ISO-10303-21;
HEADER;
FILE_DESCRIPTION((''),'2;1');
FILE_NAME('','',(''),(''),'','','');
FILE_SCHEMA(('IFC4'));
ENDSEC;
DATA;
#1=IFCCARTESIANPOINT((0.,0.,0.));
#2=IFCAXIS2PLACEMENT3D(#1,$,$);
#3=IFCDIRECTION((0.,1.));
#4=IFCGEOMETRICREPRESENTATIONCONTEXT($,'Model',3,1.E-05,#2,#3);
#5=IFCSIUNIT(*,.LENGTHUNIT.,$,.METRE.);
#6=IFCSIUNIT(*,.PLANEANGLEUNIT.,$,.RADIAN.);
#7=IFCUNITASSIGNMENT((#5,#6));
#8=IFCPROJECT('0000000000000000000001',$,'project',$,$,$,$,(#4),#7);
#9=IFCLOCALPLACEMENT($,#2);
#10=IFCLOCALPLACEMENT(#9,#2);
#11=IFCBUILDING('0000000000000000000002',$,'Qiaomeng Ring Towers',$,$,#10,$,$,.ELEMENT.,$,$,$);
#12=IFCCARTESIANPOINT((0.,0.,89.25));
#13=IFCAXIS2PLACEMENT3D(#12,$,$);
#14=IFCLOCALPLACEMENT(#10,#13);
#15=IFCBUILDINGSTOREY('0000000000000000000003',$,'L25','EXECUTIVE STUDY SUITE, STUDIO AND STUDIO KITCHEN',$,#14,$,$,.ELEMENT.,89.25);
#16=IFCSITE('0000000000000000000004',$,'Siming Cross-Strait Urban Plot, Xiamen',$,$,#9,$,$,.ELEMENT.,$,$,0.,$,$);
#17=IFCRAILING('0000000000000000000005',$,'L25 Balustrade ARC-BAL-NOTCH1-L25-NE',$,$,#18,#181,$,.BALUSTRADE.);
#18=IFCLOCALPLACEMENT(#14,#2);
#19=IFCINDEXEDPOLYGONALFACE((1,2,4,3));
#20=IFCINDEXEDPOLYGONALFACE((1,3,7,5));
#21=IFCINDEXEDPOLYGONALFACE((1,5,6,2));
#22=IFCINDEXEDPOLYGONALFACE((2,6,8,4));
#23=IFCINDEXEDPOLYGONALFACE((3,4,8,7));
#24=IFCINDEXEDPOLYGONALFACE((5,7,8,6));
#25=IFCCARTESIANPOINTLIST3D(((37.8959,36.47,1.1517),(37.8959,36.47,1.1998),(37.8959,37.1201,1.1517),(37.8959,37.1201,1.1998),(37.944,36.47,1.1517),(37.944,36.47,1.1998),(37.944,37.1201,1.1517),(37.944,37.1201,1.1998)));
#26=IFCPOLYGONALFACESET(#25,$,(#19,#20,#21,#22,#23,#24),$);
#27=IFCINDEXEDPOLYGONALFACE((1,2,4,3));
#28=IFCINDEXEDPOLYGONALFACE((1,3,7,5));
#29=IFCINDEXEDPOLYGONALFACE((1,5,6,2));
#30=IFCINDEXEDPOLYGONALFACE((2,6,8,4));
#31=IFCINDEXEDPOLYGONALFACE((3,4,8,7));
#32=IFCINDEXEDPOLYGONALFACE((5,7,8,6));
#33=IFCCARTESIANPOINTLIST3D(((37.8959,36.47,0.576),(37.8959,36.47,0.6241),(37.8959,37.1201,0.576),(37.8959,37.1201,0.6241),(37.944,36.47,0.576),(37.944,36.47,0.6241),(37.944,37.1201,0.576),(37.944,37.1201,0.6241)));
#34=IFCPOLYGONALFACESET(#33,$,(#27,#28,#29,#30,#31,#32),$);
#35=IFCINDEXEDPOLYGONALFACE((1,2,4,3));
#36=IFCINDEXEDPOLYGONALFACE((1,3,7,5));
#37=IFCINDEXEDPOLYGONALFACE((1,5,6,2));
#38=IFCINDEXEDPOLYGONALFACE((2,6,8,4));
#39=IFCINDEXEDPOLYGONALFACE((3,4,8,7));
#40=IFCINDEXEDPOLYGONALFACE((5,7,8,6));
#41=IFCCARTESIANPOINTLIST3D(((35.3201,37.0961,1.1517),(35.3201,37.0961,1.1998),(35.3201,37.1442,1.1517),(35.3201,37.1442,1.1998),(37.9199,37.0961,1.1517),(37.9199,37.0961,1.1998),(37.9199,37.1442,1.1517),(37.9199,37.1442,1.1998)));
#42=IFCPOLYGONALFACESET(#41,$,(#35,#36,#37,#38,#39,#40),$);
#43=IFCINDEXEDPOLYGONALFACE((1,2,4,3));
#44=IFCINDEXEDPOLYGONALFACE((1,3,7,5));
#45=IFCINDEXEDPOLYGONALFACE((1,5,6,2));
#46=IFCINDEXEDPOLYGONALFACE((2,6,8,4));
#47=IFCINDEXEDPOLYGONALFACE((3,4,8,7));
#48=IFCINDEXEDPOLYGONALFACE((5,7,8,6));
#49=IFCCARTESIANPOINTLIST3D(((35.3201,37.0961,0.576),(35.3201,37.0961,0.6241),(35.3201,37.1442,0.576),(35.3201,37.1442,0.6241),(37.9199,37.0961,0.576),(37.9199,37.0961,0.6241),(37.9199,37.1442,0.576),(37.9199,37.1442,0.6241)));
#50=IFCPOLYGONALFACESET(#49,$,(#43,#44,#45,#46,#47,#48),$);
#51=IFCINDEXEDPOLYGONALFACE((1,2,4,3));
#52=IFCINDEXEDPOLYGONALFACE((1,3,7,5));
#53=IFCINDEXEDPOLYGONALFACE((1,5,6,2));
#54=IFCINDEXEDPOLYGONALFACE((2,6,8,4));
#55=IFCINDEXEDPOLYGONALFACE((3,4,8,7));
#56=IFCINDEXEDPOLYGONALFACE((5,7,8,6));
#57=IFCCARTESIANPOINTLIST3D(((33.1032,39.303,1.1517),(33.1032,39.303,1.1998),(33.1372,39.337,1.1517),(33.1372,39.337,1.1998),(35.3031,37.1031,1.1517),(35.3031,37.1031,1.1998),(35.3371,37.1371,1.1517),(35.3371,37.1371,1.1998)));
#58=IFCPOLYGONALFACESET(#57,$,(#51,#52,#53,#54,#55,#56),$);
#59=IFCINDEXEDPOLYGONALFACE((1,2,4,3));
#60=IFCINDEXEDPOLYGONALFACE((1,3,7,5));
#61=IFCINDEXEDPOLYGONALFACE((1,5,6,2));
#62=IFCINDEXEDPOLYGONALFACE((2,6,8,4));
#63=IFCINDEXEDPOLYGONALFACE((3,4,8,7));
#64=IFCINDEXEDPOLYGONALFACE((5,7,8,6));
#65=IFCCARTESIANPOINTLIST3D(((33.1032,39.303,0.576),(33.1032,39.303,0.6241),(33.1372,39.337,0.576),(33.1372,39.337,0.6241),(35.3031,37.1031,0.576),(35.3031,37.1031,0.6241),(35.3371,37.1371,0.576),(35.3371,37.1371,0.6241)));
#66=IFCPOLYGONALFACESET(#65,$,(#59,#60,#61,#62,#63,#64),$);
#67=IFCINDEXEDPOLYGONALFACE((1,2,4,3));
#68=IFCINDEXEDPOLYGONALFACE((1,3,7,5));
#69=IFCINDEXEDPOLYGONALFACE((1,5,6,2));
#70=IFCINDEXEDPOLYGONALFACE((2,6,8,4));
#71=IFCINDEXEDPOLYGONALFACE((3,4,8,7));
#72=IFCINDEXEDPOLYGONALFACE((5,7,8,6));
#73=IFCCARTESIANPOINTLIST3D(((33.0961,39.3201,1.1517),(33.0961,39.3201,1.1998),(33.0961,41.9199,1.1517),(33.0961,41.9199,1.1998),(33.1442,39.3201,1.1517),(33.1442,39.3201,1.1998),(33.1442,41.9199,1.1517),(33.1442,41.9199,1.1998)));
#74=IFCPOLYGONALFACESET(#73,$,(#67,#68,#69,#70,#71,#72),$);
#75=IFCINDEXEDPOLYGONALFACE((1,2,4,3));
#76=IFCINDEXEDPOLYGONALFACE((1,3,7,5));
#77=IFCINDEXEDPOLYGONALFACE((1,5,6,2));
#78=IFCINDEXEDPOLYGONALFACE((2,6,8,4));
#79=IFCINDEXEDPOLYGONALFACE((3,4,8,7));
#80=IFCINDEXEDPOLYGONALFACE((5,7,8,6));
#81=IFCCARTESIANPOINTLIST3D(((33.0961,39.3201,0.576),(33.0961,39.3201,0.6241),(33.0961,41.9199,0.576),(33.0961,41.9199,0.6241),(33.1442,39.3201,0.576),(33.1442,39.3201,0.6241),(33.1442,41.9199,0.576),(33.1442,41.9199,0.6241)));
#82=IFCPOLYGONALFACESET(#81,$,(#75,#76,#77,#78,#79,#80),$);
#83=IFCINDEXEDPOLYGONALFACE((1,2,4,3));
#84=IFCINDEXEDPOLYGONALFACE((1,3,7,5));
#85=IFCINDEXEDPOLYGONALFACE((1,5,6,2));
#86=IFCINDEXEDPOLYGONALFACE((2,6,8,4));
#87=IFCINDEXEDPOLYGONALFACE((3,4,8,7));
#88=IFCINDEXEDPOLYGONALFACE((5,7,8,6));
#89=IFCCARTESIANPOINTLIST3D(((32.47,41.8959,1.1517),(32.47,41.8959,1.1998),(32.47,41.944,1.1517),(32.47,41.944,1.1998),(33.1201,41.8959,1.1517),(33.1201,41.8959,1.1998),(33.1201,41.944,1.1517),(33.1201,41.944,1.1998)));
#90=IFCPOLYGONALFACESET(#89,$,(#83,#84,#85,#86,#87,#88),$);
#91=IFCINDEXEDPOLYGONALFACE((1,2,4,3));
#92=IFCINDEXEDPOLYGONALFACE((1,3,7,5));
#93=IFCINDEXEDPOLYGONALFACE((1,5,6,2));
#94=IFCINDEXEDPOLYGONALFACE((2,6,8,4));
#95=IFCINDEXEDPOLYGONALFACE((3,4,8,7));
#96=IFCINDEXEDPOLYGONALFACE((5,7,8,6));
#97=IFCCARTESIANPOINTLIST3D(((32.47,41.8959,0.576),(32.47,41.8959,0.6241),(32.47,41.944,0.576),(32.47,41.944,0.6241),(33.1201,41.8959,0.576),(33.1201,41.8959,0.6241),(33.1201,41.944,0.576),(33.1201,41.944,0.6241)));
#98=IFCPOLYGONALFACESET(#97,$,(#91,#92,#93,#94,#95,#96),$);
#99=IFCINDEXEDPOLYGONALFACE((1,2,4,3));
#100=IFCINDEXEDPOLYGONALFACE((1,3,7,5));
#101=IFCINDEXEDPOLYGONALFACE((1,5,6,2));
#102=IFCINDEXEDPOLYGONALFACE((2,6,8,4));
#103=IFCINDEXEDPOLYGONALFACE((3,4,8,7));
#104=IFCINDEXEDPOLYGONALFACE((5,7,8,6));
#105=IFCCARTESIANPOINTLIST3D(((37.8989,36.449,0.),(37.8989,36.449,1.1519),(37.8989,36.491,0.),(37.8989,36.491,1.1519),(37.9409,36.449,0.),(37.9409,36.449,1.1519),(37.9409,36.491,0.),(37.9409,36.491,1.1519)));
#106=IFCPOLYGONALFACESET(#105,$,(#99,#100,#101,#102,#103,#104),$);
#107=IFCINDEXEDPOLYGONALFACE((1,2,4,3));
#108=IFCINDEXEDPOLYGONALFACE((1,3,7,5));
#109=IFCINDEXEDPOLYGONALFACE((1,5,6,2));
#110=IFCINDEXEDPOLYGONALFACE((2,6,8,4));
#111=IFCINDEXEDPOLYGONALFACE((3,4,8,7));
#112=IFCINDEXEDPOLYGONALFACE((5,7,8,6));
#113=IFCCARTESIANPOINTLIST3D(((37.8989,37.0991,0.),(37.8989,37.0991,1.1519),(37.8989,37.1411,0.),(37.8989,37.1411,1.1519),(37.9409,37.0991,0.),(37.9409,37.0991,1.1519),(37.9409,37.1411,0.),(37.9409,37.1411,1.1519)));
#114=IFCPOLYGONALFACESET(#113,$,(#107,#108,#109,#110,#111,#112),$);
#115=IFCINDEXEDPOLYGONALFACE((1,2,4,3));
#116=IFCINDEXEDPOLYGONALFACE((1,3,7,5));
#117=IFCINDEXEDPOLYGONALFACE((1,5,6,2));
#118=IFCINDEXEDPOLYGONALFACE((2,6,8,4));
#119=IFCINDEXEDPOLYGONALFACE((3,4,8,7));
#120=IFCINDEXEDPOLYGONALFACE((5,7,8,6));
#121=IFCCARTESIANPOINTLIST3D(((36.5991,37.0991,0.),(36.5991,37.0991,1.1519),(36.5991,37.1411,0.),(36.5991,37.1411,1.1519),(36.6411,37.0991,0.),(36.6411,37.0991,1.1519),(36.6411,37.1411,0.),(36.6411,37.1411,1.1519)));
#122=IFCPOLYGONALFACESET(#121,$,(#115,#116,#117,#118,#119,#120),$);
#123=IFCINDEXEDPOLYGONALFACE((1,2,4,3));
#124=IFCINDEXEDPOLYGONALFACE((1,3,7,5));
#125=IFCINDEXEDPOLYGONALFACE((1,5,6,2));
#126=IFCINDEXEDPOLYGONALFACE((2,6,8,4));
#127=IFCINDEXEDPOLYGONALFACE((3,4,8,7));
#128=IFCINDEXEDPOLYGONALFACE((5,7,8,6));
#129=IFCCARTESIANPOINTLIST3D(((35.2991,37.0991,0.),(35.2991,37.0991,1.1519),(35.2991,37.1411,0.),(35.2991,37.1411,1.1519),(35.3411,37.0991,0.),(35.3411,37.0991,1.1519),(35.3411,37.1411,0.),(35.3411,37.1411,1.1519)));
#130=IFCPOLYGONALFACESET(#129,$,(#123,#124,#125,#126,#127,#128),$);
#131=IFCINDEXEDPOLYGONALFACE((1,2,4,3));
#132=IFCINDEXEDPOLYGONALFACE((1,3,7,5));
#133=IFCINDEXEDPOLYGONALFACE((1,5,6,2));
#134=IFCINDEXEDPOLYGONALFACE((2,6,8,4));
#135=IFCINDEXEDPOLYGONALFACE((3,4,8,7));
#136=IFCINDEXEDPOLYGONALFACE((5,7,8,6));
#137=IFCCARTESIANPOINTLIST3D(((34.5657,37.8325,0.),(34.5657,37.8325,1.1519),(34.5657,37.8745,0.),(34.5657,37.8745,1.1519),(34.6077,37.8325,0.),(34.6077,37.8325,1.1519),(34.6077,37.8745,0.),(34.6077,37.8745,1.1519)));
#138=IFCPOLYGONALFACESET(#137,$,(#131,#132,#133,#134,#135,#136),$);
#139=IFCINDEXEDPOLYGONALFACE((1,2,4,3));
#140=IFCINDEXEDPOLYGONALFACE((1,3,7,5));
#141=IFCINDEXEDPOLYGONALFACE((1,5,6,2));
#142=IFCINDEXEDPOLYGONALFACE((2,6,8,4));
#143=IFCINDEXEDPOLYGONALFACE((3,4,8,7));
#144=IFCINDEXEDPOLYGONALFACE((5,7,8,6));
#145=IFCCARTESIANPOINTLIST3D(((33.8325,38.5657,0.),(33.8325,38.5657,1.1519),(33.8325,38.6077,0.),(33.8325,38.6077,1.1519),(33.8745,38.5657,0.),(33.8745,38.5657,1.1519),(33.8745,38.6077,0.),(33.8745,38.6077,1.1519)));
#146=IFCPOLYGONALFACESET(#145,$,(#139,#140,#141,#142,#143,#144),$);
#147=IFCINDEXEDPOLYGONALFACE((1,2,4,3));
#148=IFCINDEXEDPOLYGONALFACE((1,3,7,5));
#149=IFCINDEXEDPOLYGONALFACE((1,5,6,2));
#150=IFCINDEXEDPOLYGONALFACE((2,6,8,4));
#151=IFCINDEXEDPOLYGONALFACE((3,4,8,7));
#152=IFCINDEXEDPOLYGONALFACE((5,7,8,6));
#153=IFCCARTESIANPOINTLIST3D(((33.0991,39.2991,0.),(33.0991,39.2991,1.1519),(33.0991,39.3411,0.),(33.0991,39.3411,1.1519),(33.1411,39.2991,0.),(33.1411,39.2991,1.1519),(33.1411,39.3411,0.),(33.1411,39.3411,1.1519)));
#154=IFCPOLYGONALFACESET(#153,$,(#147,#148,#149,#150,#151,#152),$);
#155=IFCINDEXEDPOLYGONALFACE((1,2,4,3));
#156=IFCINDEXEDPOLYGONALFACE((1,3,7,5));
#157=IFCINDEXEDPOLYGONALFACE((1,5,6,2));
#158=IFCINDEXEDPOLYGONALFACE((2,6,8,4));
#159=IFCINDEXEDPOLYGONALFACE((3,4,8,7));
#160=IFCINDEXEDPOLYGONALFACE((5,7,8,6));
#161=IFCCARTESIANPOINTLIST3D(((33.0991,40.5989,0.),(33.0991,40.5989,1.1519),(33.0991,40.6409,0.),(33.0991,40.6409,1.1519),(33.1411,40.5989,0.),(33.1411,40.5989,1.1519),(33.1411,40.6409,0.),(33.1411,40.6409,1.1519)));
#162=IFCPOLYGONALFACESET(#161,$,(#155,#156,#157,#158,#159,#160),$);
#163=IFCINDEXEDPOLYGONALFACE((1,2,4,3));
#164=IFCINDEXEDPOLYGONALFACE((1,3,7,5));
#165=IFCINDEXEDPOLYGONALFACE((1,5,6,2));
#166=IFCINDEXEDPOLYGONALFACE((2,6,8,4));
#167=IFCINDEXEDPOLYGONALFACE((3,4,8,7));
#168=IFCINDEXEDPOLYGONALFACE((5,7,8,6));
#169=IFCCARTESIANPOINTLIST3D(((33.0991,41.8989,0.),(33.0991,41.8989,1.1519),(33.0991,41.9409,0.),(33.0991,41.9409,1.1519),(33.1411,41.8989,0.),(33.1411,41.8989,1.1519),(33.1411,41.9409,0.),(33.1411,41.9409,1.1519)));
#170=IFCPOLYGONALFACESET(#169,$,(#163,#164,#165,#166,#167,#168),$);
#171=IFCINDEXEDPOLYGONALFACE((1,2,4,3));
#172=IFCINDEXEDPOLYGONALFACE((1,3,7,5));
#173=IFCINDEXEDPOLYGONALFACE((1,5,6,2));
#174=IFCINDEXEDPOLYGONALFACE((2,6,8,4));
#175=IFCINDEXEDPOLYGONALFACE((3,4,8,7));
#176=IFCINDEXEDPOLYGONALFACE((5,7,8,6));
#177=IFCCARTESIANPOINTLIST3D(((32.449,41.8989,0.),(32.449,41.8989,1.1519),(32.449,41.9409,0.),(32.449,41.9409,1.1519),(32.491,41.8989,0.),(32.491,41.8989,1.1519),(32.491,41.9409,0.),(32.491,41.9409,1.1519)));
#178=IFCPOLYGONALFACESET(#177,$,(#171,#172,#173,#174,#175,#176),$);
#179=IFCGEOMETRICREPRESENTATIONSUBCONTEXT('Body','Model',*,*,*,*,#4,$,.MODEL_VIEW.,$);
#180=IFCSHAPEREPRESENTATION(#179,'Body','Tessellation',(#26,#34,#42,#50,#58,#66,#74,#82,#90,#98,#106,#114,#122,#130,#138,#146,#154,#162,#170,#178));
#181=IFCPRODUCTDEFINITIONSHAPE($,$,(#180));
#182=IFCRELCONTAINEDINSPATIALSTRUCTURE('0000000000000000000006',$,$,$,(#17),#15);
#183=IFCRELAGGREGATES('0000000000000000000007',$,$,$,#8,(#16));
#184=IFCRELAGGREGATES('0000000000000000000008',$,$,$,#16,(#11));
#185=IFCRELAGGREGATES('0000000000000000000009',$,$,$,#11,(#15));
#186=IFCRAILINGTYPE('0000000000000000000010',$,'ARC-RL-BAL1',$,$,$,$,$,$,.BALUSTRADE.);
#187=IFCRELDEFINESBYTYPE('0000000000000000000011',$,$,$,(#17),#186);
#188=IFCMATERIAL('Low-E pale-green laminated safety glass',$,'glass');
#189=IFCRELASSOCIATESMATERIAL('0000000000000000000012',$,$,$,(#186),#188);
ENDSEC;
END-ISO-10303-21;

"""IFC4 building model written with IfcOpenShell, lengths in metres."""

from ifc_helpers import new_model, si_unit, direction, frame, origin, origin_2d, place, context, subcontext, project, spatial, rectangle, extrude, material, type_object, element, save


model = new_model("IFC4")

# Units and contexts
model_context = context("Model", 3, precision=1e-05, world=origin(), true_north=direction((0.0, 1.0)))
body_context = subcontext(model_context, "Body", "Model", "MODEL_VIEW")
ifc_project = project(units=[si_unit("LENGTHUNIT", "METRE"), si_unit("PLANEANGLEUNIT", "RADIAN")], contexts=[model_context])

# Site, building, storey
site_placement = place(None, origin())
site = spatial("IfcSite", under=ifc_project, at=site_placement, Name="Siming Cross-Strait Urban Plot, Xiamen", CompositionType="ELEMENT", RefElevation=0.0)
building_placement = place(site_placement, origin())
building = spatial("IfcBuilding", under=site, at=building_placement, Name="Qiaomeng Ring Towers", CompositionType="ELEMENT")
storey_placement = place(building_placement, frame((0.0, 0.0, 89.25)))
storey = spatial("IfcBuildingStorey", under=building, at=storey_placement, Name="L25", Description="EXECUTIVE STUDY SUITE, STUDIO AND STUDIO KITCHEN", CompositionType="ELEMENT", Elevation=89.25)

# Railing
ifc_material_1 = material(Name="Low-E pale-green laminated safety glass", Category="glass")
railing_type = type_object("IfcRailingType", Name="ARC-RL-BAL1", PredefinedType="BALUSTRADE", material=ifc_material_1)
railing_placement = place(storey_placement, frame((37.9199, 36.47, 0.0)))
element("IfcRailing", 1, at=railing_placement, inside=storey, type_object=railing_type, Name="L25 Balustrade ARC-BAL-NOTCH1-L25-NE", PredefinedType="BALUSTRADE", context=body_context, shape_type="SweptSolid", body=[
    extrude(rectangle(XDim=0.0481, YDim=0.0481, at=origin_2d()), frame((0.0, 0.0, 1.1758), z_axis=(0.0, 1.0, 0.0), x_axis=(-1.0, 0.0, 0.0)), (0.0, 0.0, 1.0), 0.6501),
    extrude(rectangle(XDim=0.0481, YDim=0.0481, at=origin_2d()), frame((0.0, 0.0, 0.6001), z_axis=(0.0, 1.0, 0.0), x_axis=(-1.0, 0.0, 0.0)), (0.0, 0.0, 1.0), 0.6501),
    extrude(rectangle(XDim=0.0481, YDim=0.0481, at=origin_2d()), frame((0.0, 0.6501, 1.1758), z_axis=(-1.0, 0.0, 0.0), x_axis=(0.0, -1.0, 0.0)), (0.0, 0.0, 1.0), 2.5999),
    extrude(rectangle(XDim=0.0481, YDim=0.0481, at=origin_2d()), frame((0.0, 0.6501, 0.6001), z_axis=(-1.0, 0.0, 0.0), x_axis=(0.0, -1.0, 0.0)), (0.0, 0.0, 1.0), 2.5999),
    extrude(rectangle(XDim=0.0481, YDim=0.0481, at=origin_2d()), frame((-2.5999, 0.6501, 1.1758), z_axis=(-0.707107, 0.707107, 0.0), x_axis=(-0.707107, -0.707107, 0.0)), (0.0, 0.0, 1.0), 3.1111),
    extrude(rectangle(XDim=0.0481, YDim=0.0481, at=origin_2d()), frame((-2.5999, 0.6501, 0.6001), z_axis=(-0.707107, 0.707107, 0.0), x_axis=(-0.707107, -0.707107, 0.0)), (0.0, 0.0, 1.0), 3.1111),
    extrude(rectangle(XDim=0.0481, YDim=0.0481, at=origin_2d()), frame((-4.7998, 2.8501, 1.1758), z_axis=(0.0, 1.0, 0.0), x_axis=(-1.0, 0.0, 0.0)), (0.0, 0.0, 1.0), 2.5999),
    extrude(rectangle(XDim=0.0481, YDim=0.0481, at=origin_2d()), frame((-4.7998, 2.8501, 0.6001), z_axis=(0.0, 1.0, 0.0), x_axis=(-1.0, 0.0, 0.0)), (0.0, 0.0, 1.0), 2.5999),
    extrude(rectangle(XDim=0.0481, YDim=0.0481, at=origin_2d()), frame((-4.7998, 5.45, 1.1758), z_axis=(-1.0, 0.0, 0.0), x_axis=(0.0, -1.0, 0.0)), (0.0, 0.0, 1.0), 0.6501),
    extrude(rectangle(XDim=0.0481, YDim=0.0481, at=origin_2d()), frame((-4.7998, 5.45, 0.6001), z_axis=(-1.0, 0.0, 0.0), x_axis=(0.0, -1.0, 0.0)), (0.0, 0.0, 1.0), 0.6501),
    extrude(rectangle(XDim=0.042, YDim=0.042, at=origin_2d()), origin(), (0.0, 0.0, 1.0), 1.1519),
    extrude(rectangle(XDim=0.042, YDim=0.042, at=origin_2d()), frame((0.0, 0.6501, 0.0)), (0.0, 0.0, 1.0), 1.1519),
    extrude(rectangle(XDim=0.042, YDim=0.042, at=origin_2d()), frame((-1.2998, 0.6501, 0.0)), (0.0, 0.0, 1.0), 1.1519),
    extrude(rectangle(XDim=0.042, YDim=0.042, at=origin_2d()), frame((-2.5999, 0.6501, 0.0)), (0.0, 0.0, 1.0), 1.1519),
    extrude(rectangle(XDim=0.042, YDim=0.042, at=origin_2d()), frame((-3.3333, 1.3835, 0.0)), (0.0, 0.0, 1.0), 1.1519),
    extrude(rectangle(XDim=0.042, YDim=0.042, at=origin_2d()), frame((-4.0664, 2.1167, 0.0)), (0.0, 0.0, 1.0), 1.1519),
    extrude(rectangle(XDim=0.042, YDim=0.042, at=origin_2d()), frame((-4.7998, 2.8501, 0.0)), (0.0, 0.0, 1.0), 1.1519),
    extrude(rectangle(XDim=0.042, YDim=0.042, at=origin_2d()), frame((-4.7998, 4.1499, 0.0)), (0.0, 0.0, 1.0), 1.1519),
    extrude(rectangle(XDim=0.042, YDim=0.042, at=origin_2d()), frame((-4.7998, 5.45, 0.0)), (0.0, 0.0, 1.0), 1.1519),
    extrude(rectangle(XDim=0.042, YDim=0.042, at=origin_2d()), frame((-5.45, 5.45, 0.0)), (0.0, 0.0, 1.0), 1.1519),
])

save(model, "model.ifc")
